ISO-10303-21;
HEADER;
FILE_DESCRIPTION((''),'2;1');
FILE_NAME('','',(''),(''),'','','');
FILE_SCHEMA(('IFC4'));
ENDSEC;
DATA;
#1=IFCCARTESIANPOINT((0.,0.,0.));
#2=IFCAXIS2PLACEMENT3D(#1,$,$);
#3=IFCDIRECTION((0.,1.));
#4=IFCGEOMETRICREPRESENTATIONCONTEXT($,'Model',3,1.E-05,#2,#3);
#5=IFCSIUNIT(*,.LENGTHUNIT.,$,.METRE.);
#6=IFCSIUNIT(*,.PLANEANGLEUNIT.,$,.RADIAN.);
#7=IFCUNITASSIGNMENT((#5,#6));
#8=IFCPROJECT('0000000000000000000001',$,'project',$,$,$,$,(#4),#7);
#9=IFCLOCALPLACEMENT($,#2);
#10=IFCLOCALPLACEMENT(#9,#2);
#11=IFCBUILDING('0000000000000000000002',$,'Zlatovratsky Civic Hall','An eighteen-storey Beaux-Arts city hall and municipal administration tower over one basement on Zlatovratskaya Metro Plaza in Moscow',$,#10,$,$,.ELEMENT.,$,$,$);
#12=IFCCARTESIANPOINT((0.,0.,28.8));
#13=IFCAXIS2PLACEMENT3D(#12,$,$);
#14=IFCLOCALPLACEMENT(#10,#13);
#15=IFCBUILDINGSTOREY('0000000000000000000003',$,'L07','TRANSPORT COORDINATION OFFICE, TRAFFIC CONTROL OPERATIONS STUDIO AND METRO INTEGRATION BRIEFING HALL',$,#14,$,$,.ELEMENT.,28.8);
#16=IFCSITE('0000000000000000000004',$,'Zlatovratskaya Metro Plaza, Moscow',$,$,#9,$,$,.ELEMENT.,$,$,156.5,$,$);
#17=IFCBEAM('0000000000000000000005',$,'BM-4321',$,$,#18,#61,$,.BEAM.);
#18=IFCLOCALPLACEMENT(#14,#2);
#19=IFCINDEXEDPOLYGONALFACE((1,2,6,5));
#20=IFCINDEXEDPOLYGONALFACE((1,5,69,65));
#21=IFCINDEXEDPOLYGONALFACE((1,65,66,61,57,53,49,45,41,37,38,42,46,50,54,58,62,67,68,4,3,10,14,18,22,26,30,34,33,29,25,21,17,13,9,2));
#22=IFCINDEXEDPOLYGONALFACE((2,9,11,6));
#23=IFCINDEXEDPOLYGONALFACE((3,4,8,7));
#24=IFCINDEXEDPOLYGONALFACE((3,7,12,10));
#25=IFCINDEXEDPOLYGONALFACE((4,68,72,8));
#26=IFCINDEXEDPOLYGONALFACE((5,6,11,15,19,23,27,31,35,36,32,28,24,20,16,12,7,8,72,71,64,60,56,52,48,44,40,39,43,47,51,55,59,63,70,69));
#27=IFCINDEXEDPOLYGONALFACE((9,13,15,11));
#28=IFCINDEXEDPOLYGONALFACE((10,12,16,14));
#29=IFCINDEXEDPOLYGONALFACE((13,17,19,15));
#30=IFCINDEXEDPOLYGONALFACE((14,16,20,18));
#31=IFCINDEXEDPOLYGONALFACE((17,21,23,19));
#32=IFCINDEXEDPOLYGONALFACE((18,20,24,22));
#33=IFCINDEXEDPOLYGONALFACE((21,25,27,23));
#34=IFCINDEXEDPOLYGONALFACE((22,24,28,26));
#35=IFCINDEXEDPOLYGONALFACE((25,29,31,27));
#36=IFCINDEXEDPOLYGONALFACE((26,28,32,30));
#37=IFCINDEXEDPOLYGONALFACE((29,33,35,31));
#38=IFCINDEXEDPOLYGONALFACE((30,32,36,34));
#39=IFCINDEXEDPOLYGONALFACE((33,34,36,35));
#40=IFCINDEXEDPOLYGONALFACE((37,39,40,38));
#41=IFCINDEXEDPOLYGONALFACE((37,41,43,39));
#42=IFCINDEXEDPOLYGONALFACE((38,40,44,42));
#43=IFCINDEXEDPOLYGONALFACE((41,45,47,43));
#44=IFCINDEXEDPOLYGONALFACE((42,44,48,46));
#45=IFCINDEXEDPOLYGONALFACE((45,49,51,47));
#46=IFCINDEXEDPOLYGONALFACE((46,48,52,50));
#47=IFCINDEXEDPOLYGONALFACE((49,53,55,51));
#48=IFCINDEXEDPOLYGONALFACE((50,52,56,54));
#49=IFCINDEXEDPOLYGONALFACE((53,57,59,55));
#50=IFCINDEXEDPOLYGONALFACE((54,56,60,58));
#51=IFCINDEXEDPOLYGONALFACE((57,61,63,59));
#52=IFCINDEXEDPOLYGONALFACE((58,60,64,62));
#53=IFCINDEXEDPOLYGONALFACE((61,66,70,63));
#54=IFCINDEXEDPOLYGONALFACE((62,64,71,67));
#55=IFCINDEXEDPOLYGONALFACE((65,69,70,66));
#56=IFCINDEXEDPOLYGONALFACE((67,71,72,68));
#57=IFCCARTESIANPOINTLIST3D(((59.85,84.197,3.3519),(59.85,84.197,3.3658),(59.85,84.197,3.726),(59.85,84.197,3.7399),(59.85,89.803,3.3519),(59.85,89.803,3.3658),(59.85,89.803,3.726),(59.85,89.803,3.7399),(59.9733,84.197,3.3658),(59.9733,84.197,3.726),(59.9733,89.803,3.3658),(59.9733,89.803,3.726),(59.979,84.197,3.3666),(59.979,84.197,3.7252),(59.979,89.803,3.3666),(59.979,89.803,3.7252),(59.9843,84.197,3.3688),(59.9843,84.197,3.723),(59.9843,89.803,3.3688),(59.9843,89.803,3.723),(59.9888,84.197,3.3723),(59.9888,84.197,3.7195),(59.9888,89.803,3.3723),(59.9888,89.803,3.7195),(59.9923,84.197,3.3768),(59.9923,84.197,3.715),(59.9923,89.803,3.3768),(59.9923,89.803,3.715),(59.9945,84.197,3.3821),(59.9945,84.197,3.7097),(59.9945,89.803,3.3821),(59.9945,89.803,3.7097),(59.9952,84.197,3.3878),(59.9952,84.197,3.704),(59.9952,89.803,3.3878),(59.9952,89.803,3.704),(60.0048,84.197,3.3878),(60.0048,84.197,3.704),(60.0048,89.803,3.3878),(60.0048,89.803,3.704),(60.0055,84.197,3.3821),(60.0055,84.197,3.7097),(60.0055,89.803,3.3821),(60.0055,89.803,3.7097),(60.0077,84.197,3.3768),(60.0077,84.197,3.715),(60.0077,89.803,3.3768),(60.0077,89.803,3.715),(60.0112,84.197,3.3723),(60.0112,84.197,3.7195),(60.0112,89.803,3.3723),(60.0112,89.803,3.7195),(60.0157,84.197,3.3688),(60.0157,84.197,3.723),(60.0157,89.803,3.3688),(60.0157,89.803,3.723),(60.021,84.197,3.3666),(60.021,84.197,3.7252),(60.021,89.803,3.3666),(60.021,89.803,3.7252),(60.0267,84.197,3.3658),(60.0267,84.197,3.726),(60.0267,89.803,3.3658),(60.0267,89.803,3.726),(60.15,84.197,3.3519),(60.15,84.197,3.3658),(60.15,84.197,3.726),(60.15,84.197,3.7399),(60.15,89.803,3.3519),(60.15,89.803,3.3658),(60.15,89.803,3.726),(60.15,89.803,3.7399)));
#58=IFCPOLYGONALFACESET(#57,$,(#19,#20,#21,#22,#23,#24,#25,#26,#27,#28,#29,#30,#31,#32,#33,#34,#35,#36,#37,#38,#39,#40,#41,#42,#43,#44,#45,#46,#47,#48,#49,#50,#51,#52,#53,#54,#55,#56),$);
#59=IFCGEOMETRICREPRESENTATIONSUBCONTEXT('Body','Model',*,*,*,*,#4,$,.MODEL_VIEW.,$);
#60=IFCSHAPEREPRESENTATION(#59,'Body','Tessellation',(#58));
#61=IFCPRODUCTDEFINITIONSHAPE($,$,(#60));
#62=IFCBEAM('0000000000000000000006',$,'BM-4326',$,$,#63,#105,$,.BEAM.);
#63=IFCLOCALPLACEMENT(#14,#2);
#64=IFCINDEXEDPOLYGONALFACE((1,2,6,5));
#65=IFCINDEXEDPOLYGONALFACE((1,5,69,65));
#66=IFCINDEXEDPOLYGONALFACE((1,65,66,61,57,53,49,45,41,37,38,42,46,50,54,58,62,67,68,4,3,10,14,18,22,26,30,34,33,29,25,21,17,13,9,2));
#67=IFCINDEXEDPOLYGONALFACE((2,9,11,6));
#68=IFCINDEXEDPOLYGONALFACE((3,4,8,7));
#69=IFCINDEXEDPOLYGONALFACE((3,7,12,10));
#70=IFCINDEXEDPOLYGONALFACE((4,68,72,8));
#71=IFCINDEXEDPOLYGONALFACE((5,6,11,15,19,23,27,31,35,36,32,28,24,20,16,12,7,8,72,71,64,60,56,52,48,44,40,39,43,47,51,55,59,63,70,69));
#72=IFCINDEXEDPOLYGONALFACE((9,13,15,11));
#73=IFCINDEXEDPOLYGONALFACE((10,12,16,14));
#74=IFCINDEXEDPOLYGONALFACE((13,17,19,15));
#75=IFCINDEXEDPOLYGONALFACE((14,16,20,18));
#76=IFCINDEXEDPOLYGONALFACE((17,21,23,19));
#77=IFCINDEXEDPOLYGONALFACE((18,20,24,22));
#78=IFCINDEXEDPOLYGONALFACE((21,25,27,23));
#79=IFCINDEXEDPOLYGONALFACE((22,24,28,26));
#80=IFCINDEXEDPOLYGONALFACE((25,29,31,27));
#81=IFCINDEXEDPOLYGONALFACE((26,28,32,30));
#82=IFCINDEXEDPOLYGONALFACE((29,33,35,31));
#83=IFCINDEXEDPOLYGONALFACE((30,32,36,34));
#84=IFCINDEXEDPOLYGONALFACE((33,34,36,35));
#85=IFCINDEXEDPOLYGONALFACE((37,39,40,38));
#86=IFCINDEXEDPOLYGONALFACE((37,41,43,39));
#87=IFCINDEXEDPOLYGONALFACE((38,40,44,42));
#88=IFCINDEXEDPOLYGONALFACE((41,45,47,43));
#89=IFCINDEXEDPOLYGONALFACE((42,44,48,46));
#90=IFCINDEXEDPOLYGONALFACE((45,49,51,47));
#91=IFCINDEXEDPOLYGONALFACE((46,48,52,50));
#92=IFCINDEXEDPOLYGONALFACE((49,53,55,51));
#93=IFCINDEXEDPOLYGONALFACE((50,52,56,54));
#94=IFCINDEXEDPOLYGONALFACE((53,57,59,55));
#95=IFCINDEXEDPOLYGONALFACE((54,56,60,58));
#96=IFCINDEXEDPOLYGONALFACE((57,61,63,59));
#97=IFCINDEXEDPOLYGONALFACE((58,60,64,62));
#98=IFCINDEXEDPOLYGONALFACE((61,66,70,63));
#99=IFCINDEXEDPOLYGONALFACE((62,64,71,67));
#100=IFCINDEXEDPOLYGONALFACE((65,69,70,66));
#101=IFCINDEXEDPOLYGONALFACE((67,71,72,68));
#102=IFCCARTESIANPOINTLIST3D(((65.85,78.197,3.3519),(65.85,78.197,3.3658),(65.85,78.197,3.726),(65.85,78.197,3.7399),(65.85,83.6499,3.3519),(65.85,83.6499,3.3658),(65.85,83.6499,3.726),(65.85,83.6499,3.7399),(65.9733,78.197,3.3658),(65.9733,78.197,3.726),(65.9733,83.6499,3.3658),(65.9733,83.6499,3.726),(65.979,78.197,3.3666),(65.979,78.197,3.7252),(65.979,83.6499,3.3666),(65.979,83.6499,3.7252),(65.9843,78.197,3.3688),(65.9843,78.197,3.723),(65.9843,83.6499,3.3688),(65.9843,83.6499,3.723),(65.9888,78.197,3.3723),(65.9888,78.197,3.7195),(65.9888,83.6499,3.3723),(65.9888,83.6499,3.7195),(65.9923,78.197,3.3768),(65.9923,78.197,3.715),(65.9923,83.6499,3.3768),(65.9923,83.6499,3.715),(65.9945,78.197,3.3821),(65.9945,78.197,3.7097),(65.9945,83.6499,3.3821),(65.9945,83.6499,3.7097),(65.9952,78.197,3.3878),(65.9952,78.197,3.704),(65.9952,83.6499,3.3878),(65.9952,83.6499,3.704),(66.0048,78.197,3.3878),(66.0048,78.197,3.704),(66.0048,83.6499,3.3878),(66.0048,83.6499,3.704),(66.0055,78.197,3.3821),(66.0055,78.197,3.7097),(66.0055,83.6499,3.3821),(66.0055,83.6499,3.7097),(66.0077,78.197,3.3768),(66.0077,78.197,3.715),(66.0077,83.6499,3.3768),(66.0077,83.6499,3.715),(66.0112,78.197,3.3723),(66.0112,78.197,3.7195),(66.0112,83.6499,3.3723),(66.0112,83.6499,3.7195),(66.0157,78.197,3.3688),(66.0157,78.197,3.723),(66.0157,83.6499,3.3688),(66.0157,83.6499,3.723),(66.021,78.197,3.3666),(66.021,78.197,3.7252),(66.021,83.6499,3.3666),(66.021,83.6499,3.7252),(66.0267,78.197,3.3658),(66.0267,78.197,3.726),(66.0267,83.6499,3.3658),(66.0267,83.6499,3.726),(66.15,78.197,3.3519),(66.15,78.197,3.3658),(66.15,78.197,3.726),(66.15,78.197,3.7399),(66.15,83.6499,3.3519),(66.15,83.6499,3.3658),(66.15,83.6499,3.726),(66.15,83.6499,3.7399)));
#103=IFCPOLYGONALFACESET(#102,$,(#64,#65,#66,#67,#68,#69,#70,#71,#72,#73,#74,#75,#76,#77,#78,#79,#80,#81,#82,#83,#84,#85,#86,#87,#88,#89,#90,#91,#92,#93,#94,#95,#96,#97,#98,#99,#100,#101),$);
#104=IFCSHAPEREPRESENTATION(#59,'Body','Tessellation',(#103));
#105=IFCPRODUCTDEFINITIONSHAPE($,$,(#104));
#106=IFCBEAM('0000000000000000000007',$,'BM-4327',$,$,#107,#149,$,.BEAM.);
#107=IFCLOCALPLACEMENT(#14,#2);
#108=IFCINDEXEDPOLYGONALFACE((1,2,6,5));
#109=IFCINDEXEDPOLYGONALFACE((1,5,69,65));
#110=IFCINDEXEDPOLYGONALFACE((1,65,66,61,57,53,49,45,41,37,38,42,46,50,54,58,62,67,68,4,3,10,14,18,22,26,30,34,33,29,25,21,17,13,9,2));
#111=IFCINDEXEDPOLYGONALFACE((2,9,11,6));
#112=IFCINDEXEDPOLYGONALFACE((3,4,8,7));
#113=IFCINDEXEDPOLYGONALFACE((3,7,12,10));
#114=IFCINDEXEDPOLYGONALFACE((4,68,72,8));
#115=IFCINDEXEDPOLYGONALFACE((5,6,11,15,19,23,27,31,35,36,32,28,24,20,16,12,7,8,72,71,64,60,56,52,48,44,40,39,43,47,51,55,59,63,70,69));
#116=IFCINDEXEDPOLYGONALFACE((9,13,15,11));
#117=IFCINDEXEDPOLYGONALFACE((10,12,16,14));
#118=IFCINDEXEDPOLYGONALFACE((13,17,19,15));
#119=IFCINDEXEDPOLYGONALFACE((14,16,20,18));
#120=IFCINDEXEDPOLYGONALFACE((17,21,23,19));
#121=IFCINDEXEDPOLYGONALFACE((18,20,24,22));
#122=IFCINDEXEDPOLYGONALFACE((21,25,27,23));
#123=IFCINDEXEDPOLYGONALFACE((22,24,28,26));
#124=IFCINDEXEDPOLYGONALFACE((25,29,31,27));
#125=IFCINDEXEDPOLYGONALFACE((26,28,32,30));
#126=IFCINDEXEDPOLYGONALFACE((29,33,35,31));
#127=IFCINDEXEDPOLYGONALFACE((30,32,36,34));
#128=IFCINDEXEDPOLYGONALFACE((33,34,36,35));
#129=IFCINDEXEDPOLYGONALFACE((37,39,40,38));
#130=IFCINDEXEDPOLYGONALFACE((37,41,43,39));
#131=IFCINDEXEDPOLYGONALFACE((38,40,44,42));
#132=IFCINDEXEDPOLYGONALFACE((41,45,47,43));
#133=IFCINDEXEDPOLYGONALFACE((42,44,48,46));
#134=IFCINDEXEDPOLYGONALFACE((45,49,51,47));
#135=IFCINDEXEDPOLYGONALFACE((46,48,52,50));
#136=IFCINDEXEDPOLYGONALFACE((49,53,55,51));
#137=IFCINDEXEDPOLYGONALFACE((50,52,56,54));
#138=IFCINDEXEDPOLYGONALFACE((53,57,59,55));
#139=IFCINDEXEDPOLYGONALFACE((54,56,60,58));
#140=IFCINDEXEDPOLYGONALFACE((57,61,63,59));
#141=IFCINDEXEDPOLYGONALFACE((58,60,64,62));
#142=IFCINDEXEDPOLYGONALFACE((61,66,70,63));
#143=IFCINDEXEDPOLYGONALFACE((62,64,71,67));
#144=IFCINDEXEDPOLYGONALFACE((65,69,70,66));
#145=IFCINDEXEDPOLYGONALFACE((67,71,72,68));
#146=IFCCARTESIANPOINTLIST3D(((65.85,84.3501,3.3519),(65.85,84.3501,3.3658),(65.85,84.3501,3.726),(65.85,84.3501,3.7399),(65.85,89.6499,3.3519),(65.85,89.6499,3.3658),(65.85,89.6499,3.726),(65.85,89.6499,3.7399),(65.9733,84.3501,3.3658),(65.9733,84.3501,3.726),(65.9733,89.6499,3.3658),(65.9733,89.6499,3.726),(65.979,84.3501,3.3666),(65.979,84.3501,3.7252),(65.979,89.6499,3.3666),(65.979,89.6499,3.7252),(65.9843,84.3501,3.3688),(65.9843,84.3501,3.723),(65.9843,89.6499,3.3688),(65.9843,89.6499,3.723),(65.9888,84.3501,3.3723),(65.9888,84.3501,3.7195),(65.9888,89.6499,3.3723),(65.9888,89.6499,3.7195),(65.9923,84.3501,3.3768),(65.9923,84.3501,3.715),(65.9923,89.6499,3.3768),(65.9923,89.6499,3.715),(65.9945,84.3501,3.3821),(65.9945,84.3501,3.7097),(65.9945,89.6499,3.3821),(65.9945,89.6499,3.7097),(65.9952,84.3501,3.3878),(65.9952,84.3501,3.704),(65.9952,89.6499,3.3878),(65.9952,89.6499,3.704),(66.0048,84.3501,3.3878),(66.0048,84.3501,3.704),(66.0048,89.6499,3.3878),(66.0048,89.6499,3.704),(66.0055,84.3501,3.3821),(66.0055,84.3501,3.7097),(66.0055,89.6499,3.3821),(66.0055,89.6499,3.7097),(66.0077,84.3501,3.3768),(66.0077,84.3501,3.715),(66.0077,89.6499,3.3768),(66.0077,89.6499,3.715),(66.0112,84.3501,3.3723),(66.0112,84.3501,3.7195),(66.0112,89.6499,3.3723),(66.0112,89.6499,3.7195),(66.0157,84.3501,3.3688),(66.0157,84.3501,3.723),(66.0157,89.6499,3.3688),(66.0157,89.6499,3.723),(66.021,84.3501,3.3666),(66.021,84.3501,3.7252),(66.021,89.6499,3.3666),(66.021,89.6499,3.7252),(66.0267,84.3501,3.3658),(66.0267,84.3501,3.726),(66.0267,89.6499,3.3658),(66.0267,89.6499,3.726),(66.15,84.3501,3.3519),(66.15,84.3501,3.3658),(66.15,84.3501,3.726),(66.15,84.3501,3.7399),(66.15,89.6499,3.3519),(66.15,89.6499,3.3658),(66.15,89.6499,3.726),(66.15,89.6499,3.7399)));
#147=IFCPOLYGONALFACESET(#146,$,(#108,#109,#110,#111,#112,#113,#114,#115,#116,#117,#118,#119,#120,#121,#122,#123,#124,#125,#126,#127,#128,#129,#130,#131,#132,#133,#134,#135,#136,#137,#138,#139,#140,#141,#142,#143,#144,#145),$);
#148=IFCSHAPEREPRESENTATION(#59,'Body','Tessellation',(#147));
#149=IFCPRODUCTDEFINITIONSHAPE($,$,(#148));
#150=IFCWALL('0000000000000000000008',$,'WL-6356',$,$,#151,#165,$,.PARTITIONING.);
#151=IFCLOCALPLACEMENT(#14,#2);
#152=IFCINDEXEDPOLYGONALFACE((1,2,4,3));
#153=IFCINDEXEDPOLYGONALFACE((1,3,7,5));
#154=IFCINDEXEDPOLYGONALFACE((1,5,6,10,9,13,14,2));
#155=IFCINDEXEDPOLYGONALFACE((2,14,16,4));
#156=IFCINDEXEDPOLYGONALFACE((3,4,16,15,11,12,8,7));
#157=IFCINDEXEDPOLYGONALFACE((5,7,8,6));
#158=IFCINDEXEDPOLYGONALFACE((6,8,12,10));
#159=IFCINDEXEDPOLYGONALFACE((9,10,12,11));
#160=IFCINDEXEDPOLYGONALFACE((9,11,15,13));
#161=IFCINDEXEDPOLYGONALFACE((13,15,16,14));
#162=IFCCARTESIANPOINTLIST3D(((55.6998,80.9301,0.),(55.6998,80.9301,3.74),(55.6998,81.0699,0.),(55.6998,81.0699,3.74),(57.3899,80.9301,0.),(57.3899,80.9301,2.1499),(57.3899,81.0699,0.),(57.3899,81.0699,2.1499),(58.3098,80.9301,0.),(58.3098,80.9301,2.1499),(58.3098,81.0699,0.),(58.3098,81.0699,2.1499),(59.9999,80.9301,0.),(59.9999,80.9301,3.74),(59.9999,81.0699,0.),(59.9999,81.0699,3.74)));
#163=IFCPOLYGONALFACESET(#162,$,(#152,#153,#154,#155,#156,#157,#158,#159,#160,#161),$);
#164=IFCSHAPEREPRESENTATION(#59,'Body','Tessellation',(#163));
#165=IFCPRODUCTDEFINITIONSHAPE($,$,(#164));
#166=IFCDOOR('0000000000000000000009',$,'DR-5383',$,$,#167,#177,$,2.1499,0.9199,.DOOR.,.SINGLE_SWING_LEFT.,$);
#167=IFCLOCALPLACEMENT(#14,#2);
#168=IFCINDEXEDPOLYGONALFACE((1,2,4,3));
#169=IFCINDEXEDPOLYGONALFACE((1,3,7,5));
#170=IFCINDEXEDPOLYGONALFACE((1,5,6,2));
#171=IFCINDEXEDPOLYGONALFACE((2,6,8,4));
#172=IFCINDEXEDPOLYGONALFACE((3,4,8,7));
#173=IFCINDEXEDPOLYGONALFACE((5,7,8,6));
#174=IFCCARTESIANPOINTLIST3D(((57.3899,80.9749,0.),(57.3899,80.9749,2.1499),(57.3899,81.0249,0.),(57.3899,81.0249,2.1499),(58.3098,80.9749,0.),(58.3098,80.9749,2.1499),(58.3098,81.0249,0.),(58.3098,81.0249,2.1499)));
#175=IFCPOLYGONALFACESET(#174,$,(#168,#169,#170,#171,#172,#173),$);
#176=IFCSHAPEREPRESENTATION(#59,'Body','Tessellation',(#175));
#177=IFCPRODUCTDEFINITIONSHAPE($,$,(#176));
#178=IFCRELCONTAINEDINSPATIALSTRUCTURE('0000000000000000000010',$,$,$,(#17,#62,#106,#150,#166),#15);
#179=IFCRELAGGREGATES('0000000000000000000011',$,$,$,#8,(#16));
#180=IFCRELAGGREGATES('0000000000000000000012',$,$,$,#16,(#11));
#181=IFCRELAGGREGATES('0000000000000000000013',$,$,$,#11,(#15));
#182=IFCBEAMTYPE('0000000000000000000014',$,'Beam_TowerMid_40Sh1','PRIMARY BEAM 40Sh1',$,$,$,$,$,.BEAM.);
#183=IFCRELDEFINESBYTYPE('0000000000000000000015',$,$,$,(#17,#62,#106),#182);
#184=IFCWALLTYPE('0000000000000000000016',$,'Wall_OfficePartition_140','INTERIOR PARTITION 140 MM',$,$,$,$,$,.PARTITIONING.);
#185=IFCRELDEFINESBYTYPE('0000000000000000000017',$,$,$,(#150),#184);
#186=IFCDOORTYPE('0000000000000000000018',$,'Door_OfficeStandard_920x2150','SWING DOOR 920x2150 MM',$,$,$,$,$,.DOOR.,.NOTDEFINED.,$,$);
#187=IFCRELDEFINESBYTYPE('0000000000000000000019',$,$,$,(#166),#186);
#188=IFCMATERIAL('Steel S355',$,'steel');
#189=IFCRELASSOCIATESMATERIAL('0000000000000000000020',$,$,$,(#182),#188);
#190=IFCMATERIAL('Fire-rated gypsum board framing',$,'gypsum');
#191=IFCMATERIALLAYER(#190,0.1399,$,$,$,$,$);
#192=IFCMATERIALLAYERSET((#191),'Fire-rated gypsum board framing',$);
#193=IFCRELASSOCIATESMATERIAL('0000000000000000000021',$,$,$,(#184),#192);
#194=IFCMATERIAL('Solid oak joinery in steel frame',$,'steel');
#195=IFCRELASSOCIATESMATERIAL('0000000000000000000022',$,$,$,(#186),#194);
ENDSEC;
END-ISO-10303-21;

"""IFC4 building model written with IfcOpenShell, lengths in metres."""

from ifc_helpers import new_model, si_unit, direction, frame, frame_2d, origin, origin_2d, place, context, subcontext, project, spatial, rectangle, i_section, extrude, material, layer, layer_set, material_profile, profile_set, type_object, element, fill, save


model = new_model("IFC4")

# Units and contexts
model_context = context("Model", 3, precision=1e-05, world=origin(), true_north=direction((0.0, 1.0)))
body_context = subcontext(model_context, "Body", "Model", "MODEL_VIEW")
ifc_project = project(units=[si_unit("LENGTHUNIT", "METRE"), si_unit("PLANEANGLEUNIT", "RADIAN")], contexts=[model_context])

# Site, building, storey
site_placement = place(None, origin())
site = spatial("IfcSite", under=ifc_project, at=site_placement, Name="Zlatovratskaya Metro Plaza, Moscow", CompositionType="ELEMENT", RefElevation=156.5)
building_placement = place(site_placement, origin())
building = spatial("IfcBuilding", under=site, at=building_placement, Name="Zlatovratsky Civic Hall", Description="An eighteen-storey Beaux-Arts city hall and municipal administration tower over one basement on Zlatovratskaya Metro Plaza in Moscow", CompositionType="ELEMENT")
storey_placement = place(building_placement, frame((0.0, 0.0, 28.8)))
storey = spatial("IfcBuildingStorey", under=building, at=storey_placement, Name="L07", Description="TRANSPORT COORDINATION OFFICE, TRAFFIC CONTROL OPERATIONS STUDIO AND METRO INTEGRATION BRIEFING HALL", CompositionType="ELEMENT", Elevation=28.8)

# Shared definitions
ifc_material_1 = material(Name="Steel S355", Category="steel")

# Beams
ifc_material_profile_1 = material_profile(ifc_material_1, i_section(OverallWidth=0.3, OverallDepth=0.3879, WebThickness=0.0095, FlangeThickness=0.0139, FilletRadius=0.022, at=origin_2d()), Name="40Sh1")
ifc_profile_set_1 = profile_set([ifc_material_profile_1], Name="Steel S355")
beam_type_1 = type_object("IfcBeamType", Name="Beam_TowerMid_40Sh1", Description="PRIMARY BEAM 40Sh1", PredefinedType="BEAM", material=ifc_profile_set_1)
for number, where, z_axis, x_axis, name in (
    (1, (60.0, 84.197, 3.5459), (0.0, 1.0, 0.0), (-1.0, 0.0, 0.0), "BM-4321"),
):
    element("IfcBeam", number, at=place(storey_placement, frame(where, z_axis=z_axis, x_axis=x_axis)), inside=storey, type_object=beam_type_1, Name=name, PredefinedType="BEAM", context=body_context, shape_type="SweptSolid", body=[
        extrude(i_section(OverallWidth=0.3, OverallDepth=0.3879, WebThickness=0.0095, FlangeThickness=0.0139, FilletRadius=0.022, at=origin_2d()), origin(), (0.0, 0.0, 1.0), 5.606),
    ])
beam_1_placement = place(storey_placement, frame((66.0, 78.197, 3.5459), z_axis=(0.0, 1.0, 0.0), x_axis=(-1.0, 0.0, 0.0)))
element("IfcBeam", 2, at=beam_1_placement, inside=storey, type_object=beam_type_1, Name="BM-4326", PredefinedType="BEAM", context=body_context, shape_type="SweptSolid", body=[
    extrude(i_section(OverallWidth=0.3, OverallDepth=0.3879, WebThickness=0.0095, FlangeThickness=0.0139, FilletRadius=0.022, at=origin_2d()), origin(), (0.0, 0.0, 1.0), 5.4529),
])
beam_2_placement = place(storey_placement, frame((66.0, 84.3501, 3.5459), z_axis=(0.0, 1.0, 0.0), x_axis=(-1.0, 0.0, 0.0)))
element("IfcBeam", 3, at=beam_2_placement, inside=storey, type_object=beam_type_1, Name="BM-4327", PredefinedType="BEAM", context=body_context, shape_type="SweptSolid", body=[
    extrude(i_section(OverallWidth=0.3, OverallDepth=0.3879, WebThickness=0.0095, FlangeThickness=0.0139, FilletRadius=0.022, at=origin_2d()), origin(), (0.0, 0.0, 1.0), 5.2998),
])

# Wall, opening, door
ifc_material_2 = material(Name="Fire-rated gypsum board framing", Category="gypsum")
ifc_layer_1 = layer(ifc_material_2, 0.1399)
ifc_layer_set_1 = layer_set([ifc_layer_1], Name="Fire-rated gypsum board framing")
wall_type_1 = type_object("IfcWallType", Name="Wall_OfficePartition_140", Description="INTERIOR PARTITION 140 MM", PredefinedType="PARTITIONING", material=ifc_layer_set_1)
wall_1_placement = place(storey_placement, frame((55.7, 81.0, 0.0), z_axis=(0.0, 0.0, 1.0), x_axis=(1.0, 0.0, 0.0)))
wall_1 = element("IfcWall", 4, at=wall_1_placement, inside=storey, type_object=wall_type_1, Name="WL-6356", PredefinedType="PARTITIONING", context=body_context, shape_type="SweptSolid", body=[
    extrude(rectangle(XDim=4.3, YDim=0.1399, at=frame_2d((2.1499, 0.0))), origin(), (0.0, 0.0, 1.0), 3.74),
])
opening_1_placement = place(wall_1_placement, frame((1.6899, 0.0, 0.0)))
opening_1 = element("IfcOpeningElement", 5, at=opening_1_placement, cuts=wall_1, PredefinedType="OPENING", context=body_context, shape_type="SweptSolid", body=[
    extrude(rectangle(XDim=0.9199, YDim=2.1499, at=frame_2d((0.46, 1.075))), frame((0.0, 0.085, 0.0), z_axis=(0.0, -1.0, 0.0), x_axis=(1.0, 0.0, 0.0)), (0.0, 0.0, 1.0), 0.1697),
])
ifc_material_3 = material(Name="Solid oak joinery in steel frame", Category="steel")
door_type_1 = type_object("IfcDoorType", Name="Door_OfficeStandard_920x2150", Description="SWING DOOR 920x2150 MM", OperationType="NOTDEFINED", PredefinedType="DOOR", material=ifc_material_3)
door_1_placement = place(opening_1_placement, origin())
door_1 = element("IfcDoor", 6, at=door_1_placement, inside=storey, type_object=door_type_1, Name="DR-5383", OperationType="SINGLE_SWING_LEFT", OverallHeight=2.1499, OverallWidth=0.9199, PredefinedType="DOOR", context=body_context, shape_type="SweptSolid", body=[
    extrude(rectangle(XDim=0.9199, YDim=2.1499, at=frame_2d((0.46, 1.075))), frame((0.0, 0.0249, 0.0), z_axis=(0.0, -1.0, 0.0), x_axis=(1.0, 0.0, 0.0)), (0.0, 0.0, 1.0), 0.05),
])
fill(opening_1, door_1)

save(model, "model.ifc")
